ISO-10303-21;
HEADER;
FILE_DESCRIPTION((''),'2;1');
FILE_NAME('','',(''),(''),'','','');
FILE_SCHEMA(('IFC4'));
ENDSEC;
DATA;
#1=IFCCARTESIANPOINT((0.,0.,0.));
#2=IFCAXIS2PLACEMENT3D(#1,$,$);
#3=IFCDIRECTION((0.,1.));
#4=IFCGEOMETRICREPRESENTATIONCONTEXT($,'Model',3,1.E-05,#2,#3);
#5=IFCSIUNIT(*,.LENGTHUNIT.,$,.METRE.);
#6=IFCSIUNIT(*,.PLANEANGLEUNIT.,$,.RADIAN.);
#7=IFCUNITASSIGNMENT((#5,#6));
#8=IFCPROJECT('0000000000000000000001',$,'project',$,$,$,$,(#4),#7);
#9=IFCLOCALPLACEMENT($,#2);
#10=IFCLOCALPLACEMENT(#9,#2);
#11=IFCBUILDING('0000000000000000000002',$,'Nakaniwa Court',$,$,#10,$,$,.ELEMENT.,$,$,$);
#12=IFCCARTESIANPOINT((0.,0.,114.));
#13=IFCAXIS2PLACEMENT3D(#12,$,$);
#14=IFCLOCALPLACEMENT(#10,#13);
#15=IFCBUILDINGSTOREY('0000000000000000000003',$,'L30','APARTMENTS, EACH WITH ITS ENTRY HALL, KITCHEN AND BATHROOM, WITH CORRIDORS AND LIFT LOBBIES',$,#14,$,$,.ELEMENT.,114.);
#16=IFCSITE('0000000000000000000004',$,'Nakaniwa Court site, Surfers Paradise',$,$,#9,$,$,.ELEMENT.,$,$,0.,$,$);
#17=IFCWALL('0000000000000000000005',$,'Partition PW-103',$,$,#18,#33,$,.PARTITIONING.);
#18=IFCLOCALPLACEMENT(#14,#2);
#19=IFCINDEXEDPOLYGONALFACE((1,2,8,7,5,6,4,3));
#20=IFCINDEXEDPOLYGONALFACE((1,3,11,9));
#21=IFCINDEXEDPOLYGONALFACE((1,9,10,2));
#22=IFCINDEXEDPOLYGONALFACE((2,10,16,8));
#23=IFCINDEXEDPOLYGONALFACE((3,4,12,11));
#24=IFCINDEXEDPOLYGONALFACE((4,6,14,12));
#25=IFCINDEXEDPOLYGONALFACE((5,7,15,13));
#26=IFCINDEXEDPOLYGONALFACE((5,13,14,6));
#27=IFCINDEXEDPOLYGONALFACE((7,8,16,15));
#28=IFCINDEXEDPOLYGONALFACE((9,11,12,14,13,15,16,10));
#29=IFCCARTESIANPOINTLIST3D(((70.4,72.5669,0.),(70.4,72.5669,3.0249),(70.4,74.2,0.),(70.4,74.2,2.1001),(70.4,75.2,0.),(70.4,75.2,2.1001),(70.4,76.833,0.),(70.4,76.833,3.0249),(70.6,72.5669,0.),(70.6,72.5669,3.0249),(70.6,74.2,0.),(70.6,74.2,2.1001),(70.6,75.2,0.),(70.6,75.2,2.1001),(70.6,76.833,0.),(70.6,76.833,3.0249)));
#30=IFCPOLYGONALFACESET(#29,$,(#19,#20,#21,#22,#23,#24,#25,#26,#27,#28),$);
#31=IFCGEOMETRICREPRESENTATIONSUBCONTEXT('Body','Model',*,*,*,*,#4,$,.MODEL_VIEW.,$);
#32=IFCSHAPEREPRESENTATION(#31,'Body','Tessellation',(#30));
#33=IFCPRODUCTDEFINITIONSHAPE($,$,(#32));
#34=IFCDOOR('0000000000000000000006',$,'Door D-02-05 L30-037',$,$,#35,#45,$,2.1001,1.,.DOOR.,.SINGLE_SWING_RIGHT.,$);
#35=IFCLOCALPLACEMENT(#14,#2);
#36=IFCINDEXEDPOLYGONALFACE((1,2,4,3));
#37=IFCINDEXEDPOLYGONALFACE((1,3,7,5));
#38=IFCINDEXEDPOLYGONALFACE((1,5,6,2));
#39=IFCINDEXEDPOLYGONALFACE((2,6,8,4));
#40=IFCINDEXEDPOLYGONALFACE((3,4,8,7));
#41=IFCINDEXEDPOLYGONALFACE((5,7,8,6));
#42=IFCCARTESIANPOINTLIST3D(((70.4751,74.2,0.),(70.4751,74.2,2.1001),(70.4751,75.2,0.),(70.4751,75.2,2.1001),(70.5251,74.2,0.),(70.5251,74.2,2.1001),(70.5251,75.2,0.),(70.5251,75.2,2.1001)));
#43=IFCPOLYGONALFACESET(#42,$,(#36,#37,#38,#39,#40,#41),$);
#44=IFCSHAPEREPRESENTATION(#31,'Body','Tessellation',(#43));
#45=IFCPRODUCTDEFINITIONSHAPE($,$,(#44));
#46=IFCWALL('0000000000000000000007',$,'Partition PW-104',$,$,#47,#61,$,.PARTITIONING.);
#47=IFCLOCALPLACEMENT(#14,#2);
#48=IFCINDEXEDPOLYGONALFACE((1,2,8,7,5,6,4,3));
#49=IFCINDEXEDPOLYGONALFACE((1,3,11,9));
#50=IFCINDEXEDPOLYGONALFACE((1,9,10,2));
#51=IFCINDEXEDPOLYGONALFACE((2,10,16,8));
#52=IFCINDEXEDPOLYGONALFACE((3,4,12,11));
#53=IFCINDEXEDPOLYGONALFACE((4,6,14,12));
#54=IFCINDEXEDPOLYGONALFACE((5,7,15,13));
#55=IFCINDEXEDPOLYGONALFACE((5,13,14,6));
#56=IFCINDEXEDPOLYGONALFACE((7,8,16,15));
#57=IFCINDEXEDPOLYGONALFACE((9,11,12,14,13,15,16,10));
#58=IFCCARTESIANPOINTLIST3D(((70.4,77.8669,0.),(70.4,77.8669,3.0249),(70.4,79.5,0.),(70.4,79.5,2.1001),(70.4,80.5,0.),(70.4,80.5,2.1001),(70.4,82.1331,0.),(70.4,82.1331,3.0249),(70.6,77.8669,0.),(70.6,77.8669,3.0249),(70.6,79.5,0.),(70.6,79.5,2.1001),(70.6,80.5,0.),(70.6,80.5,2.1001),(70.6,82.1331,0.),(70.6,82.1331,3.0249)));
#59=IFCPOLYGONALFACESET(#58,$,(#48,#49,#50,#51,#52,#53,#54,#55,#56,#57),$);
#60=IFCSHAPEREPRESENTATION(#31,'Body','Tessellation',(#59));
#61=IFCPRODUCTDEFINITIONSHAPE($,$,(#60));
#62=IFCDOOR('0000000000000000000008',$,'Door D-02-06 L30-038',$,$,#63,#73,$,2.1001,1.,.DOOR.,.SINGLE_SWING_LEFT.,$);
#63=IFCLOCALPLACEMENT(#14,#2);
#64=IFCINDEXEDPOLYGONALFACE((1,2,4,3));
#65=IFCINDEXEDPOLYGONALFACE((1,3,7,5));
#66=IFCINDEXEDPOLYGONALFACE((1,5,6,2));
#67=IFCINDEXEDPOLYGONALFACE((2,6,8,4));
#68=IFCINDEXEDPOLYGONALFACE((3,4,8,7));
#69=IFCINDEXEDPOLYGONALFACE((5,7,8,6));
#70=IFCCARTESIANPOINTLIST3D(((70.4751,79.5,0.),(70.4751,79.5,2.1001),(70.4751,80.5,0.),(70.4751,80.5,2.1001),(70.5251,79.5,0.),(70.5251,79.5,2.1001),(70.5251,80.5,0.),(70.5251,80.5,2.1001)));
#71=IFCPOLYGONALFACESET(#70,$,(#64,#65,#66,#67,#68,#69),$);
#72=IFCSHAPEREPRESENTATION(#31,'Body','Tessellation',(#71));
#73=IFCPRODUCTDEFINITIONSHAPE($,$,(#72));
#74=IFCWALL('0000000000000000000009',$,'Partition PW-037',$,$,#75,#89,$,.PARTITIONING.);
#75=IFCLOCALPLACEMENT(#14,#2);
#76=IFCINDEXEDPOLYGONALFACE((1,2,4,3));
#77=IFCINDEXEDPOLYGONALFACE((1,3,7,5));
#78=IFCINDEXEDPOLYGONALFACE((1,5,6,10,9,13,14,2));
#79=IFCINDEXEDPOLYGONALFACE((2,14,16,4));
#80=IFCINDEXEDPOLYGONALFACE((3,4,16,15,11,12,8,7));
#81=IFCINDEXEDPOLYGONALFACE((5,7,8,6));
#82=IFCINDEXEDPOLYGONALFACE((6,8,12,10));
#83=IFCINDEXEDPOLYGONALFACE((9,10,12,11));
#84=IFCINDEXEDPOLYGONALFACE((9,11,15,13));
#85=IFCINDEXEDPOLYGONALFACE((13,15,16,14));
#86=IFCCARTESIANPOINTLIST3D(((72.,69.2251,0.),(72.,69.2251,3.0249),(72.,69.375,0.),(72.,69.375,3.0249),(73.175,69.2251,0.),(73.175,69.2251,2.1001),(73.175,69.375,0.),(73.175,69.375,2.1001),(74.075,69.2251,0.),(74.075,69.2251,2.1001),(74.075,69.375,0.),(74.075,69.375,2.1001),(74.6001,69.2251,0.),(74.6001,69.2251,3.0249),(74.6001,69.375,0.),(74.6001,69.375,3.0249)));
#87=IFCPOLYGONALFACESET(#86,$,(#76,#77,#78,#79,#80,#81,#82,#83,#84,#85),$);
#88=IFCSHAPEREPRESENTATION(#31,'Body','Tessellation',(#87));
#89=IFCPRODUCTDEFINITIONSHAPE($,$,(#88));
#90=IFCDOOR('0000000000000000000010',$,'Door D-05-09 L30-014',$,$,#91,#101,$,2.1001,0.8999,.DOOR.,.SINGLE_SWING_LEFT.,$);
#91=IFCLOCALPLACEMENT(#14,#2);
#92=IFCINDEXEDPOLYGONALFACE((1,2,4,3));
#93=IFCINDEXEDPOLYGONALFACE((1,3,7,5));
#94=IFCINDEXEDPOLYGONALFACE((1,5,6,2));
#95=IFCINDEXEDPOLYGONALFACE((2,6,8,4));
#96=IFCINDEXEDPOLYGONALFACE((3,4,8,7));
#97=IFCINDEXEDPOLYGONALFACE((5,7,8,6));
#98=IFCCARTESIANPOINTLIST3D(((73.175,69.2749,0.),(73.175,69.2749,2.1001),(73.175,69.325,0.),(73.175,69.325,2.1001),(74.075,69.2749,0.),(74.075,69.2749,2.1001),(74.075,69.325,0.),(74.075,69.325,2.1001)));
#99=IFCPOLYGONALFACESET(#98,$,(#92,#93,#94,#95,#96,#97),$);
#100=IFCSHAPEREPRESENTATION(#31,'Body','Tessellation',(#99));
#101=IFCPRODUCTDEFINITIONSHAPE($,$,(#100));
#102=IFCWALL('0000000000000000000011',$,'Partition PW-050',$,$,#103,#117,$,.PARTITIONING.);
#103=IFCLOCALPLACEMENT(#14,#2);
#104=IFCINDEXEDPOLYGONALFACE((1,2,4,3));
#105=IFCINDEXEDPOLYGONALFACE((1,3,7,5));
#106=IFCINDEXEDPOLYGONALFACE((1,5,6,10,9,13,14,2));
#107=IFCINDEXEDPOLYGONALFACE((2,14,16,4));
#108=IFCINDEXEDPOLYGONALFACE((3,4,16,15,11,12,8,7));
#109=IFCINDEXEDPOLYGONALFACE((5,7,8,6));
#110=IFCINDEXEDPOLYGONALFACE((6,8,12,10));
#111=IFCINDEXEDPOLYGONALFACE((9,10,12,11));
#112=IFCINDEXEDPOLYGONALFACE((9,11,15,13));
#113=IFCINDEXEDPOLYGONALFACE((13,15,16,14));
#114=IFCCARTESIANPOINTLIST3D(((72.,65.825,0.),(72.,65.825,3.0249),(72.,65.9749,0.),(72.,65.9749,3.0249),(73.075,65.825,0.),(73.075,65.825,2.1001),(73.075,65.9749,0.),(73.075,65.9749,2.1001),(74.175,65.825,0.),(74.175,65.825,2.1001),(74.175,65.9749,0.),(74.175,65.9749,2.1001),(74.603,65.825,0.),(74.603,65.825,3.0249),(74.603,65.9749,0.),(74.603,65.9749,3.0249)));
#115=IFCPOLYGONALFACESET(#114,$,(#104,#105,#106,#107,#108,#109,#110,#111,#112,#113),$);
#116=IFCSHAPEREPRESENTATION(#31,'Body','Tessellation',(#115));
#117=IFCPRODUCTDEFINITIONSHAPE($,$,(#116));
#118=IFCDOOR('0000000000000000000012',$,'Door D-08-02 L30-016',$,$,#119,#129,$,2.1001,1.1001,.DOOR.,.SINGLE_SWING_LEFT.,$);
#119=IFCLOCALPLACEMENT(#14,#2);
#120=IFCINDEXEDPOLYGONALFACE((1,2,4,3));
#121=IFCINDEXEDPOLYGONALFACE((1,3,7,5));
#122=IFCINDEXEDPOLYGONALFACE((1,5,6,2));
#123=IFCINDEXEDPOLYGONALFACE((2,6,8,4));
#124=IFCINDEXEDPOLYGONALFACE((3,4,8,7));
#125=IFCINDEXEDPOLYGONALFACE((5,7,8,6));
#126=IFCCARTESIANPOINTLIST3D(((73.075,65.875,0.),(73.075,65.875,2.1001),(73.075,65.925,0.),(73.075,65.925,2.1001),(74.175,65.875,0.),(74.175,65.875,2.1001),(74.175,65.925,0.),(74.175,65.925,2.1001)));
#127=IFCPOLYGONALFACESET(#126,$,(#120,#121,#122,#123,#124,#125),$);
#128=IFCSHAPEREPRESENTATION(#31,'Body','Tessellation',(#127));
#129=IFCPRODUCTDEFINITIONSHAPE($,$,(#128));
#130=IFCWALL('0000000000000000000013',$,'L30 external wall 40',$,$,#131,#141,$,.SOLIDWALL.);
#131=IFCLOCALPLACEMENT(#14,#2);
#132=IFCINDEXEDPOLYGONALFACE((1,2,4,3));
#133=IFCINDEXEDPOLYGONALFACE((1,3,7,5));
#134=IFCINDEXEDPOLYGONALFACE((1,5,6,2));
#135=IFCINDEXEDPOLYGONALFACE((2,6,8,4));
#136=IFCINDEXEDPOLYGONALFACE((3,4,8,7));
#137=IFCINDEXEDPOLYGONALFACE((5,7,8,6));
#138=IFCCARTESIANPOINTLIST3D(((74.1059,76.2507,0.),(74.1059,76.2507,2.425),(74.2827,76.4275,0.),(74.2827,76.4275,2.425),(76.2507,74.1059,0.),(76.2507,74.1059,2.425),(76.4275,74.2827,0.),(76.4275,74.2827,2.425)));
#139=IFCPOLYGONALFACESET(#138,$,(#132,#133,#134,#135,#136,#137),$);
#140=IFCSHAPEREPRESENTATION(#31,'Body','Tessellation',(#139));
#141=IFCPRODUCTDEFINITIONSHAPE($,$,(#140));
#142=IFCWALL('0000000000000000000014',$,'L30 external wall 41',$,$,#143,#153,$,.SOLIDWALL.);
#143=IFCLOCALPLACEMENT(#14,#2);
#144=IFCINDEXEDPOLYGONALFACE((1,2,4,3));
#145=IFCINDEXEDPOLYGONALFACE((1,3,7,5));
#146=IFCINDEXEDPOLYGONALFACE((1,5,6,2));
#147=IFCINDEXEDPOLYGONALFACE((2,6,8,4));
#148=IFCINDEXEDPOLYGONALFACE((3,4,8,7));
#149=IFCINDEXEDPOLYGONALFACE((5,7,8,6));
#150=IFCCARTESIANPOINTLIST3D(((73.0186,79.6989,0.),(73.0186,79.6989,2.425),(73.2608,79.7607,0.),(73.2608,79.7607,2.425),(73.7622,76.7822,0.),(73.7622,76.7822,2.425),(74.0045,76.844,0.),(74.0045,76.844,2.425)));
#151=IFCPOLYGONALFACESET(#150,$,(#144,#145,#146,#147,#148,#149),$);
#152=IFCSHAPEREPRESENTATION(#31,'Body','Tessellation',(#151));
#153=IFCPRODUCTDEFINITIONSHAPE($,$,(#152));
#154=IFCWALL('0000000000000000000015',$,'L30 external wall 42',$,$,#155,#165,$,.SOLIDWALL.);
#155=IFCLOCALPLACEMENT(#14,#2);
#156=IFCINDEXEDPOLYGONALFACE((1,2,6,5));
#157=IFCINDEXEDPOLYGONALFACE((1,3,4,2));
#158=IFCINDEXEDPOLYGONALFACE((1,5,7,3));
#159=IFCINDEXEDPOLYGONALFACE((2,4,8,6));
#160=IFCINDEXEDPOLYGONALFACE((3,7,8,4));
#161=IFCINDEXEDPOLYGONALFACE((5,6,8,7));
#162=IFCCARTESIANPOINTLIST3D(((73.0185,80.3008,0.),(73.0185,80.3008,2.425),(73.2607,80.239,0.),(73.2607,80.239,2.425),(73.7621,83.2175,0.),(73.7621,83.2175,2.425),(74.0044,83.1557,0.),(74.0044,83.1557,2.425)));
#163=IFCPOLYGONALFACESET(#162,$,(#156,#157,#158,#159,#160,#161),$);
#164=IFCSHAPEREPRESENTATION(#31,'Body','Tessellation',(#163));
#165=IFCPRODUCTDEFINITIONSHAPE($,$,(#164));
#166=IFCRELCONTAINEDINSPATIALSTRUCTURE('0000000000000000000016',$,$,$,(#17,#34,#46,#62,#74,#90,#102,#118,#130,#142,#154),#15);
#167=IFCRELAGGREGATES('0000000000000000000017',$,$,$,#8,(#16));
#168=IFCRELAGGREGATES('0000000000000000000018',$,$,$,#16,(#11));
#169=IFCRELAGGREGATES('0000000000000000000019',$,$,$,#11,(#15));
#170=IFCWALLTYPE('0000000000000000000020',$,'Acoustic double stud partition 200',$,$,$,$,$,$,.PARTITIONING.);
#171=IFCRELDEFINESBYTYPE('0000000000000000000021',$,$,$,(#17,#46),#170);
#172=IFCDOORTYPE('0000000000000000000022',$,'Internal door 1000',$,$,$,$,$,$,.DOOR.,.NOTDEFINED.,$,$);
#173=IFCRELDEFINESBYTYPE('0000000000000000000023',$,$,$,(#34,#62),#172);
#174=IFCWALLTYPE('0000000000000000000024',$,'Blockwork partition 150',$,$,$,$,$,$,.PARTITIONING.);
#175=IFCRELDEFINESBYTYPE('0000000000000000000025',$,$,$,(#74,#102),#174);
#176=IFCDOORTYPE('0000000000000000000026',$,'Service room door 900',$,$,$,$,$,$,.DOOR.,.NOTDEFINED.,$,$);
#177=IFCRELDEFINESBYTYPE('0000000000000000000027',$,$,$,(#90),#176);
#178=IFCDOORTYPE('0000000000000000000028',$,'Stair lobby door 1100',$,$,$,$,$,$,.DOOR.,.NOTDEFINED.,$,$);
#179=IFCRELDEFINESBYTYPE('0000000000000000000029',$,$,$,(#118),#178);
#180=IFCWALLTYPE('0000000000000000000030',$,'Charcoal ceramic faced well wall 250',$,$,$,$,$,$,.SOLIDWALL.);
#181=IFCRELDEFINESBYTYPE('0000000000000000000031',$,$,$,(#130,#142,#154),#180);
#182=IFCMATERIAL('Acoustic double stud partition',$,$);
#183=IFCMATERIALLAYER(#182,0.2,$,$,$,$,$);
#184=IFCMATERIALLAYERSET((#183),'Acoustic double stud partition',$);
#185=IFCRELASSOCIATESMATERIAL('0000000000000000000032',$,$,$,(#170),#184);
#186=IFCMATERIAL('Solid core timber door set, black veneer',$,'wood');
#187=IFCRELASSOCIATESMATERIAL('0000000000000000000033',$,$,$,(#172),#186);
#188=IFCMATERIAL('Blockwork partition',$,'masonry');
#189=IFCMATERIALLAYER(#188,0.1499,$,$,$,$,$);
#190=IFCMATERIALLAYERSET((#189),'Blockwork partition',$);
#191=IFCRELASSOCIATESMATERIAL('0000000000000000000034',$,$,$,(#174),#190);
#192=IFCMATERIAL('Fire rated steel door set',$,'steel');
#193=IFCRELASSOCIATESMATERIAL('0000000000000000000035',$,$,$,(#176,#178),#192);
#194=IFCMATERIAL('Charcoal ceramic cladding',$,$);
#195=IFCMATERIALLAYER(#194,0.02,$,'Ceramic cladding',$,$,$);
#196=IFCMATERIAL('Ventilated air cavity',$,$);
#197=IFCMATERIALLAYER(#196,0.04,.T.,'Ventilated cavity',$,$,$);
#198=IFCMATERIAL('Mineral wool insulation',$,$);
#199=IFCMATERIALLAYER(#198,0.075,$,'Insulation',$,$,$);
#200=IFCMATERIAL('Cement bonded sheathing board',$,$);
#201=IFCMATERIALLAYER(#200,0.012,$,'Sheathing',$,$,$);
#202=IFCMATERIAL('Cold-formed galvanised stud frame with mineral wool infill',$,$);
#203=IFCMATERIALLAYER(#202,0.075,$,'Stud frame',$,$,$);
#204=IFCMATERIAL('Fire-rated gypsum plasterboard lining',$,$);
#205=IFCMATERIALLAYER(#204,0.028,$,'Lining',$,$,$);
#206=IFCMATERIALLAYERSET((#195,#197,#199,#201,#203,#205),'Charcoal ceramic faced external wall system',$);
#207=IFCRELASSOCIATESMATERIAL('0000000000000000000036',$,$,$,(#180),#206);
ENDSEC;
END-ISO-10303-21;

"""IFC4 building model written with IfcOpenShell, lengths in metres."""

from ifc_helpers import new_model, si_unit, direction, frame, frame_2d, origin, place, context, subcontext, project, spatial, rectangle, extrude, material, layer, layer_set, type_object, element, fill, save


model = new_model("IFC4")

# Units and contexts
model_context = context("Model", 3, precision=1e-05, world=origin(), true_north=direction((0.0, 1.0)))
body_context = subcontext(model_context, "Body", "Model", "MODEL_VIEW")
ifc_project = project(units=[si_unit("LENGTHUNIT", "METRE"), si_unit("PLANEANGLEUNIT", "RADIAN")], contexts=[model_context])

# Site, building, storey
site_placement = place(None, origin())
site = spatial("IfcSite", under=ifc_project, at=site_placement, Name="Nakaniwa Court site, Surfers Paradise", CompositionType="ELEMENT", RefElevation=0.0)
building_placement = place(site_placement, origin())
building = spatial("IfcBuilding", under=site, at=building_placement, Name="Nakaniwa Court", CompositionType="ELEMENT")
storey_placement = place(building_placement, frame((0.0, 0.0, 114.0)))
storey = spatial("IfcBuildingStorey", under=building, at=storey_placement, Name="L30", Description="APARTMENTS, EACH WITH ITS ENTRY HALL, KITCHEN AND BATHROOM, WITH CORRIDORS AND LIFT LOBBIES", CompositionType="ELEMENT", Elevation=114.0)

# Shared definitions
ifc_material_1 = material(Name="Acoustic double stud partition")
ifc_layer_1 = layer(ifc_material_1, 0.2)
ifc_layer_set_1 = layer_set([ifc_layer_1], Name="Acoustic double stud partition")
wall_type_1 = type_object("IfcWallType", Name="Acoustic double stud partition 200", PredefinedType="PARTITIONING", material=ifc_layer_set_1)

# Walls, openings, doors
wall_1_placement = place(storey_placement, frame((70.5, 72.5669, 0.0), z_axis=(0.0, 0.0, 1.0), x_axis=(0.0, 1.0, 0.0)))
wall_1 = element("IfcWall", 1, at=wall_1_placement, inside=storey, type_object=wall_type_1, Name="Partition PW-103", PredefinedType="PARTITIONING", context=body_context, shape_type="SweptSolid", body=[
    extrude(rectangle(XDim=4.2661, YDim=0.2, at=frame_2d((2.1331, 0.0))), origin(), (0.0, 0.0, 1.0), 3.0249),
])
opening_1_placement = place(wall_1_placement, frame((1.6331, 0.0, 0.0)))
opening_1 = element("IfcOpeningElement", 2, at=opening_1_placement, cuts=wall_1, PredefinedType="OPENING", context=body_context, shape_type="SweptSolid", body=[
    extrude(rectangle(XDim=1.0, YDim=2.1001, at=frame_2d((0.5, 1.05))), frame((0.0, 0.1099, 0.0), z_axis=(0.0, -1.0, 0.0), x_axis=(1.0, 0.0, 0.0)), (0.0, 0.0, 1.0), 0.22),
])
ifc_material_2 = material(Name="Solid core timber door set, black veneer", Category="wood")
door_type_1 = type_object("IfcDoorType", Name="Internal door 1000", OperationType="NOTDEFINED", PredefinedType="DOOR", material=ifc_material_2)
door_1_placement = place(opening_1_placement, origin())
door_1 = element("IfcDoor", 3, at=door_1_placement, inside=storey, type_object=door_type_1, Name="Door D-02-05 L30-037", OperationType="SINGLE_SWING_RIGHT", OverallHeight=2.1001, OverallWidth=1.0, PredefinedType="DOOR", context=body_context, shape_type="SweptSolid", body=[
    extrude(rectangle(XDim=1.0, YDim=2.1001, at=frame_2d((0.5, 1.05))), frame((0.0, 0.0249, 0.0), z_axis=(0.0, -1.0, 0.0), x_axis=(1.0, 0.0, 0.0)), (0.0, 0.0, 1.0), 0.05),
])
fill(opening_1, door_1)
wall_2_placement = place(storey_placement, frame((70.5, 77.8669, 0.0), z_axis=(0.0, 0.0, 1.0), x_axis=(0.0, 1.0, 0.0)))
wall_2 = element("IfcWall", 4, at=wall_2_placement, inside=storey, type_object=wall_type_1, Name="Partition PW-104", PredefinedType="PARTITIONING", context=body_context, shape_type="SweptSolid", body=[
    extrude(rectangle(XDim=4.2661, YDim=0.2, at=frame_2d((2.1331, 0.0))), origin(), (0.0, 0.0, 1.0), 3.0249),
])
opening_2_placement = place(wall_2_placement, frame((1.6331, 0.0, 0.0)))
opening_2 = element("IfcOpeningElement", 5, at=opening_2_placement, cuts=wall_2, PredefinedType="OPENING", context=body_context, shape_type="SweptSolid", body=[
    extrude(rectangle(XDim=1.0, YDim=2.1001, at=frame_2d((0.5, 1.05))), frame((0.0, 0.1099, 0.0), z_axis=(0.0, -1.0, 0.0), x_axis=(1.0, 0.0, 0.0)), (0.0, 0.0, 1.0), 0.22),
])
door_2_placement = place(opening_2_placement, origin())
door_2 = element("IfcDoor", 6, at=door_2_placement, inside=storey, type_object=door_type_1, Name="Door D-02-06 L30-038", OperationType="SINGLE_SWING_LEFT", OverallHeight=2.1001, OverallWidth=1.0, PredefinedType="DOOR", context=body_context, shape_type="SweptSolid", body=[
    extrude(rectangle(XDim=1.0, YDim=2.1001, at=frame_2d((0.5, 1.05))), frame((0.0, 0.0249, 0.0), z_axis=(0.0, -1.0, 0.0), x_axis=(1.0, 0.0, 0.0)), (0.0, 0.0, 1.0), 0.05),
])
fill(opening_2, door_2)
ifc_material_3 = material(Name="Blockwork partition", Category="masonry")
ifc_layer_2 = layer(ifc_material_3, 0.1499)
ifc_layer_set_2 = layer_set([ifc_layer_2], Name="Blockwork partition")
wall_type_2 = type_object("IfcWallType", Name="Blockwork partition 150", PredefinedType="PARTITIONING", material=ifc_layer_set_2)
wall_3_placement = place(storey_placement, frame((72.0, 69.3, 0.0), z_axis=(0.0, 0.0, 1.0), x_axis=(1.0, 0.0, 0.0)))
wall_3 = element("IfcWall", 7, at=wall_3_placement, inside=storey, type_object=wall_type_2, Name="Partition PW-037", PredefinedType="PARTITIONING", context=body_context, shape_type="SweptSolid", body=[
    extrude(rectangle(XDim=2.6001, YDim=0.1499, at=frame_2d((1.3, 0.0))), origin(), (0.0, 0.0, 1.0), 3.0249),
])
opening_3_placement = place(wall_3_placement, frame((1.175, 0.0, 0.0)))
opening_3 = element("IfcOpeningElement", 8, at=opening_3_placement, cuts=wall_3, PredefinedType="OPENING", context=body_context, shape_type="SweptSolid", body=[
    extrude(rectangle(XDim=0.8999, YDim=2.1001, at=frame_2d((0.45, 1.05))), frame((0.0, 0.085, 0.0), z_axis=(0.0, -1.0, 0.0), x_axis=(1.0, 0.0, 0.0)), (0.0, 0.0, 1.0), 0.1699),
])
ifc_material_4 = material(Name="Fire rated steel door set", Category="steel")
door_type_2 = type_object("IfcDoorType", Name="Service room door 900", OperationType="NOTDEFINED", PredefinedType="DOOR", material=ifc_material_4)
door_3_placement = place(opening_3_placement, origin())
door_3 = element("IfcDoor", 9, at=door_3_placement, inside=storey, type_object=door_type_2, Name="Door D-05-09 L30-014", OperationType="SINGLE_SWING_LEFT", OverallHeight=2.1001, OverallWidth=0.8999, PredefinedType="DOOR", context=body_context, shape_type="SweptSolid", body=[
    extrude(rectangle(XDim=0.8999, YDim=2.1001, at=frame_2d((0.45, 1.05))), frame((0.0, 0.0249, 0.0), z_axis=(0.0, -1.0, 0.0), x_axis=(1.0, 0.0, 0.0)), (0.0, 0.0, 1.0), 0.05),
])
fill(opening_3, door_3)
wall_4_placement = place(storey_placement, frame((74.603, 65.8999, 0.0), z_axis=(0.0, 0.0, 1.0), x_axis=(-1.0, 0.0, 0.0)))
wall_4 = element("IfcWall", 10, at=wall_4_placement, inside=storey, type_object=wall_type_2, Name="Partition PW-050", PredefinedType="PARTITIONING", context=body_context, shape_type="SweptSolid", body=[
    extrude(rectangle(XDim=2.603, YDim=0.1499, at=frame_2d((1.3015, 0.0))), origin(), (0.0, 0.0, 1.0), 3.0249),
])
opening_4_placement = place(wall_4_placement, frame((0.428, 0.0, 0.0)))
opening_4 = element("IfcOpeningElement", 11, at=opening_4_placement, cuts=wall_4, PredefinedType="OPENING", context=body_context, shape_type="SweptSolid", body=[
    extrude(rectangle(XDim=1.1001, YDim=2.1001, at=frame_2d((0.55, 1.05))), frame((0.0, 0.085, 0.0), z_axis=(0.0, -1.0, 0.0), x_axis=(1.0, 0.0, 0.0)), (0.0, 0.0, 1.0), 0.1699),
])
door_type_3 = type_object("IfcDoorType", Name="Stair lobby door 1100", OperationType="NOTDEFINED", PredefinedType="DOOR", material=ifc_material_4)
door_4_placement = place(opening_4_placement, origin())
door_4 = element("IfcDoor", 12, at=door_4_placement, inside=storey, type_object=door_type_3, Name="Door D-08-02 L30-016", OperationType="SINGLE_SWING_LEFT", OverallHeight=2.1001, OverallWidth=1.1001, PredefinedType="DOOR", context=body_context, shape_type="SweptSolid", body=[
    extrude(rectangle(XDim=1.1001, YDim=2.1001, at=frame_2d((0.55, 1.05))), frame((0.0, 0.0249, 0.0), z_axis=(0.0, -1.0, 0.0), x_axis=(1.0, 0.0, 0.0)), (0.0, 0.0, 1.0), 0.05),
])
fill(opening_4, door_4)

# Walls
ifc_material_5 = material(Name="Charcoal ceramic cladding")
ifc_layer_3 = layer(ifc_material_5, 0.02, Name="Ceramic cladding")
ifc_material_6 = material(Name="Ventilated air cavity")
ifc_layer_4 = layer(ifc_material_6, 0.04, ventilated=True, Name="Ventilated cavity")
ifc_material_7 = material(Name="Mineral wool insulation")
ifc_layer_5 = layer(ifc_material_7, 0.075, Name="Insulation")
ifc_material_8 = material(Name="Cement bonded sheathing board")
ifc_layer_6 = layer(ifc_material_8, 0.012, Name="Sheathing")
ifc_material_9 = material(Name="Cold-formed galvanised stud frame with mineral wool infill")
ifc_layer_7 = layer(ifc_material_9, 0.075, Name="Stud frame")
ifc_material_10 = material(Name="Fire-rated gypsum plasterboard lining")
ifc_layer_8 = layer(ifc_material_10, 0.028, Name="Lining")
ifc_layer_set_3 = layer_set([ifc_layer_3, ifc_layer_4, ifc_layer_5, ifc_layer_6, ifc_layer_7, ifc_layer_8], Name="Charcoal ceramic faced external wall system")
wall_type_3 = type_object("IfcWallType", Name="Charcoal ceramic faced well wall 250", PredefinedType="SOLIDWALL", material=ifc_layer_set_3)
wall_5_placement = place(storey_placement, frame((76.3391, 74.1943, 0.0), z_axis=(0.0, 0.0, 1.0), x_axis=(-0.707107, 0.707107, 0.0)))
element("IfcWall", 13, at=wall_5_placement, inside=storey, type_object=wall_type_3, Name="L30 external wall 40", PredefinedType="SOLIDWALL", context=body_context, shape_type="SweptSolid", body=[
    extrude(rectangle(XDim=3.0332, YDim=0.25, at=frame_2d((1.5166, 0.0))), origin(), (0.0, 0.0, 1.0), 2.425),
])
for number, where, z_axis, x_axis, name in (
    (14, (73.8833, 76.8132, 0.0), (0.0, 0.0, 1.0), (-0.247056, 0.969001, 0.0), "L30 external wall 41"),
    (15, (73.1396, 80.27, 0.0), (0.0, 0.0, 1.0), (0.247056, 0.969001, 0.0), "L30 external wall 42"),
):
    element("IfcWall", number, at=place(storey_placement, frame(where, z_axis=z_axis, x_axis=x_axis)), inside=storey, type_object=wall_type_3, Name=name, PredefinedType="SOLIDWALL", context=body_context, shape_type="SweptSolid", body=[
        extrude(rectangle(XDim=3.01, YDim=0.25, at=frame_2d((1.5049, 0.0))), origin(), (0.0, 0.0, 1.0), 2.425),
    ])

save(model, "model.ifc")
